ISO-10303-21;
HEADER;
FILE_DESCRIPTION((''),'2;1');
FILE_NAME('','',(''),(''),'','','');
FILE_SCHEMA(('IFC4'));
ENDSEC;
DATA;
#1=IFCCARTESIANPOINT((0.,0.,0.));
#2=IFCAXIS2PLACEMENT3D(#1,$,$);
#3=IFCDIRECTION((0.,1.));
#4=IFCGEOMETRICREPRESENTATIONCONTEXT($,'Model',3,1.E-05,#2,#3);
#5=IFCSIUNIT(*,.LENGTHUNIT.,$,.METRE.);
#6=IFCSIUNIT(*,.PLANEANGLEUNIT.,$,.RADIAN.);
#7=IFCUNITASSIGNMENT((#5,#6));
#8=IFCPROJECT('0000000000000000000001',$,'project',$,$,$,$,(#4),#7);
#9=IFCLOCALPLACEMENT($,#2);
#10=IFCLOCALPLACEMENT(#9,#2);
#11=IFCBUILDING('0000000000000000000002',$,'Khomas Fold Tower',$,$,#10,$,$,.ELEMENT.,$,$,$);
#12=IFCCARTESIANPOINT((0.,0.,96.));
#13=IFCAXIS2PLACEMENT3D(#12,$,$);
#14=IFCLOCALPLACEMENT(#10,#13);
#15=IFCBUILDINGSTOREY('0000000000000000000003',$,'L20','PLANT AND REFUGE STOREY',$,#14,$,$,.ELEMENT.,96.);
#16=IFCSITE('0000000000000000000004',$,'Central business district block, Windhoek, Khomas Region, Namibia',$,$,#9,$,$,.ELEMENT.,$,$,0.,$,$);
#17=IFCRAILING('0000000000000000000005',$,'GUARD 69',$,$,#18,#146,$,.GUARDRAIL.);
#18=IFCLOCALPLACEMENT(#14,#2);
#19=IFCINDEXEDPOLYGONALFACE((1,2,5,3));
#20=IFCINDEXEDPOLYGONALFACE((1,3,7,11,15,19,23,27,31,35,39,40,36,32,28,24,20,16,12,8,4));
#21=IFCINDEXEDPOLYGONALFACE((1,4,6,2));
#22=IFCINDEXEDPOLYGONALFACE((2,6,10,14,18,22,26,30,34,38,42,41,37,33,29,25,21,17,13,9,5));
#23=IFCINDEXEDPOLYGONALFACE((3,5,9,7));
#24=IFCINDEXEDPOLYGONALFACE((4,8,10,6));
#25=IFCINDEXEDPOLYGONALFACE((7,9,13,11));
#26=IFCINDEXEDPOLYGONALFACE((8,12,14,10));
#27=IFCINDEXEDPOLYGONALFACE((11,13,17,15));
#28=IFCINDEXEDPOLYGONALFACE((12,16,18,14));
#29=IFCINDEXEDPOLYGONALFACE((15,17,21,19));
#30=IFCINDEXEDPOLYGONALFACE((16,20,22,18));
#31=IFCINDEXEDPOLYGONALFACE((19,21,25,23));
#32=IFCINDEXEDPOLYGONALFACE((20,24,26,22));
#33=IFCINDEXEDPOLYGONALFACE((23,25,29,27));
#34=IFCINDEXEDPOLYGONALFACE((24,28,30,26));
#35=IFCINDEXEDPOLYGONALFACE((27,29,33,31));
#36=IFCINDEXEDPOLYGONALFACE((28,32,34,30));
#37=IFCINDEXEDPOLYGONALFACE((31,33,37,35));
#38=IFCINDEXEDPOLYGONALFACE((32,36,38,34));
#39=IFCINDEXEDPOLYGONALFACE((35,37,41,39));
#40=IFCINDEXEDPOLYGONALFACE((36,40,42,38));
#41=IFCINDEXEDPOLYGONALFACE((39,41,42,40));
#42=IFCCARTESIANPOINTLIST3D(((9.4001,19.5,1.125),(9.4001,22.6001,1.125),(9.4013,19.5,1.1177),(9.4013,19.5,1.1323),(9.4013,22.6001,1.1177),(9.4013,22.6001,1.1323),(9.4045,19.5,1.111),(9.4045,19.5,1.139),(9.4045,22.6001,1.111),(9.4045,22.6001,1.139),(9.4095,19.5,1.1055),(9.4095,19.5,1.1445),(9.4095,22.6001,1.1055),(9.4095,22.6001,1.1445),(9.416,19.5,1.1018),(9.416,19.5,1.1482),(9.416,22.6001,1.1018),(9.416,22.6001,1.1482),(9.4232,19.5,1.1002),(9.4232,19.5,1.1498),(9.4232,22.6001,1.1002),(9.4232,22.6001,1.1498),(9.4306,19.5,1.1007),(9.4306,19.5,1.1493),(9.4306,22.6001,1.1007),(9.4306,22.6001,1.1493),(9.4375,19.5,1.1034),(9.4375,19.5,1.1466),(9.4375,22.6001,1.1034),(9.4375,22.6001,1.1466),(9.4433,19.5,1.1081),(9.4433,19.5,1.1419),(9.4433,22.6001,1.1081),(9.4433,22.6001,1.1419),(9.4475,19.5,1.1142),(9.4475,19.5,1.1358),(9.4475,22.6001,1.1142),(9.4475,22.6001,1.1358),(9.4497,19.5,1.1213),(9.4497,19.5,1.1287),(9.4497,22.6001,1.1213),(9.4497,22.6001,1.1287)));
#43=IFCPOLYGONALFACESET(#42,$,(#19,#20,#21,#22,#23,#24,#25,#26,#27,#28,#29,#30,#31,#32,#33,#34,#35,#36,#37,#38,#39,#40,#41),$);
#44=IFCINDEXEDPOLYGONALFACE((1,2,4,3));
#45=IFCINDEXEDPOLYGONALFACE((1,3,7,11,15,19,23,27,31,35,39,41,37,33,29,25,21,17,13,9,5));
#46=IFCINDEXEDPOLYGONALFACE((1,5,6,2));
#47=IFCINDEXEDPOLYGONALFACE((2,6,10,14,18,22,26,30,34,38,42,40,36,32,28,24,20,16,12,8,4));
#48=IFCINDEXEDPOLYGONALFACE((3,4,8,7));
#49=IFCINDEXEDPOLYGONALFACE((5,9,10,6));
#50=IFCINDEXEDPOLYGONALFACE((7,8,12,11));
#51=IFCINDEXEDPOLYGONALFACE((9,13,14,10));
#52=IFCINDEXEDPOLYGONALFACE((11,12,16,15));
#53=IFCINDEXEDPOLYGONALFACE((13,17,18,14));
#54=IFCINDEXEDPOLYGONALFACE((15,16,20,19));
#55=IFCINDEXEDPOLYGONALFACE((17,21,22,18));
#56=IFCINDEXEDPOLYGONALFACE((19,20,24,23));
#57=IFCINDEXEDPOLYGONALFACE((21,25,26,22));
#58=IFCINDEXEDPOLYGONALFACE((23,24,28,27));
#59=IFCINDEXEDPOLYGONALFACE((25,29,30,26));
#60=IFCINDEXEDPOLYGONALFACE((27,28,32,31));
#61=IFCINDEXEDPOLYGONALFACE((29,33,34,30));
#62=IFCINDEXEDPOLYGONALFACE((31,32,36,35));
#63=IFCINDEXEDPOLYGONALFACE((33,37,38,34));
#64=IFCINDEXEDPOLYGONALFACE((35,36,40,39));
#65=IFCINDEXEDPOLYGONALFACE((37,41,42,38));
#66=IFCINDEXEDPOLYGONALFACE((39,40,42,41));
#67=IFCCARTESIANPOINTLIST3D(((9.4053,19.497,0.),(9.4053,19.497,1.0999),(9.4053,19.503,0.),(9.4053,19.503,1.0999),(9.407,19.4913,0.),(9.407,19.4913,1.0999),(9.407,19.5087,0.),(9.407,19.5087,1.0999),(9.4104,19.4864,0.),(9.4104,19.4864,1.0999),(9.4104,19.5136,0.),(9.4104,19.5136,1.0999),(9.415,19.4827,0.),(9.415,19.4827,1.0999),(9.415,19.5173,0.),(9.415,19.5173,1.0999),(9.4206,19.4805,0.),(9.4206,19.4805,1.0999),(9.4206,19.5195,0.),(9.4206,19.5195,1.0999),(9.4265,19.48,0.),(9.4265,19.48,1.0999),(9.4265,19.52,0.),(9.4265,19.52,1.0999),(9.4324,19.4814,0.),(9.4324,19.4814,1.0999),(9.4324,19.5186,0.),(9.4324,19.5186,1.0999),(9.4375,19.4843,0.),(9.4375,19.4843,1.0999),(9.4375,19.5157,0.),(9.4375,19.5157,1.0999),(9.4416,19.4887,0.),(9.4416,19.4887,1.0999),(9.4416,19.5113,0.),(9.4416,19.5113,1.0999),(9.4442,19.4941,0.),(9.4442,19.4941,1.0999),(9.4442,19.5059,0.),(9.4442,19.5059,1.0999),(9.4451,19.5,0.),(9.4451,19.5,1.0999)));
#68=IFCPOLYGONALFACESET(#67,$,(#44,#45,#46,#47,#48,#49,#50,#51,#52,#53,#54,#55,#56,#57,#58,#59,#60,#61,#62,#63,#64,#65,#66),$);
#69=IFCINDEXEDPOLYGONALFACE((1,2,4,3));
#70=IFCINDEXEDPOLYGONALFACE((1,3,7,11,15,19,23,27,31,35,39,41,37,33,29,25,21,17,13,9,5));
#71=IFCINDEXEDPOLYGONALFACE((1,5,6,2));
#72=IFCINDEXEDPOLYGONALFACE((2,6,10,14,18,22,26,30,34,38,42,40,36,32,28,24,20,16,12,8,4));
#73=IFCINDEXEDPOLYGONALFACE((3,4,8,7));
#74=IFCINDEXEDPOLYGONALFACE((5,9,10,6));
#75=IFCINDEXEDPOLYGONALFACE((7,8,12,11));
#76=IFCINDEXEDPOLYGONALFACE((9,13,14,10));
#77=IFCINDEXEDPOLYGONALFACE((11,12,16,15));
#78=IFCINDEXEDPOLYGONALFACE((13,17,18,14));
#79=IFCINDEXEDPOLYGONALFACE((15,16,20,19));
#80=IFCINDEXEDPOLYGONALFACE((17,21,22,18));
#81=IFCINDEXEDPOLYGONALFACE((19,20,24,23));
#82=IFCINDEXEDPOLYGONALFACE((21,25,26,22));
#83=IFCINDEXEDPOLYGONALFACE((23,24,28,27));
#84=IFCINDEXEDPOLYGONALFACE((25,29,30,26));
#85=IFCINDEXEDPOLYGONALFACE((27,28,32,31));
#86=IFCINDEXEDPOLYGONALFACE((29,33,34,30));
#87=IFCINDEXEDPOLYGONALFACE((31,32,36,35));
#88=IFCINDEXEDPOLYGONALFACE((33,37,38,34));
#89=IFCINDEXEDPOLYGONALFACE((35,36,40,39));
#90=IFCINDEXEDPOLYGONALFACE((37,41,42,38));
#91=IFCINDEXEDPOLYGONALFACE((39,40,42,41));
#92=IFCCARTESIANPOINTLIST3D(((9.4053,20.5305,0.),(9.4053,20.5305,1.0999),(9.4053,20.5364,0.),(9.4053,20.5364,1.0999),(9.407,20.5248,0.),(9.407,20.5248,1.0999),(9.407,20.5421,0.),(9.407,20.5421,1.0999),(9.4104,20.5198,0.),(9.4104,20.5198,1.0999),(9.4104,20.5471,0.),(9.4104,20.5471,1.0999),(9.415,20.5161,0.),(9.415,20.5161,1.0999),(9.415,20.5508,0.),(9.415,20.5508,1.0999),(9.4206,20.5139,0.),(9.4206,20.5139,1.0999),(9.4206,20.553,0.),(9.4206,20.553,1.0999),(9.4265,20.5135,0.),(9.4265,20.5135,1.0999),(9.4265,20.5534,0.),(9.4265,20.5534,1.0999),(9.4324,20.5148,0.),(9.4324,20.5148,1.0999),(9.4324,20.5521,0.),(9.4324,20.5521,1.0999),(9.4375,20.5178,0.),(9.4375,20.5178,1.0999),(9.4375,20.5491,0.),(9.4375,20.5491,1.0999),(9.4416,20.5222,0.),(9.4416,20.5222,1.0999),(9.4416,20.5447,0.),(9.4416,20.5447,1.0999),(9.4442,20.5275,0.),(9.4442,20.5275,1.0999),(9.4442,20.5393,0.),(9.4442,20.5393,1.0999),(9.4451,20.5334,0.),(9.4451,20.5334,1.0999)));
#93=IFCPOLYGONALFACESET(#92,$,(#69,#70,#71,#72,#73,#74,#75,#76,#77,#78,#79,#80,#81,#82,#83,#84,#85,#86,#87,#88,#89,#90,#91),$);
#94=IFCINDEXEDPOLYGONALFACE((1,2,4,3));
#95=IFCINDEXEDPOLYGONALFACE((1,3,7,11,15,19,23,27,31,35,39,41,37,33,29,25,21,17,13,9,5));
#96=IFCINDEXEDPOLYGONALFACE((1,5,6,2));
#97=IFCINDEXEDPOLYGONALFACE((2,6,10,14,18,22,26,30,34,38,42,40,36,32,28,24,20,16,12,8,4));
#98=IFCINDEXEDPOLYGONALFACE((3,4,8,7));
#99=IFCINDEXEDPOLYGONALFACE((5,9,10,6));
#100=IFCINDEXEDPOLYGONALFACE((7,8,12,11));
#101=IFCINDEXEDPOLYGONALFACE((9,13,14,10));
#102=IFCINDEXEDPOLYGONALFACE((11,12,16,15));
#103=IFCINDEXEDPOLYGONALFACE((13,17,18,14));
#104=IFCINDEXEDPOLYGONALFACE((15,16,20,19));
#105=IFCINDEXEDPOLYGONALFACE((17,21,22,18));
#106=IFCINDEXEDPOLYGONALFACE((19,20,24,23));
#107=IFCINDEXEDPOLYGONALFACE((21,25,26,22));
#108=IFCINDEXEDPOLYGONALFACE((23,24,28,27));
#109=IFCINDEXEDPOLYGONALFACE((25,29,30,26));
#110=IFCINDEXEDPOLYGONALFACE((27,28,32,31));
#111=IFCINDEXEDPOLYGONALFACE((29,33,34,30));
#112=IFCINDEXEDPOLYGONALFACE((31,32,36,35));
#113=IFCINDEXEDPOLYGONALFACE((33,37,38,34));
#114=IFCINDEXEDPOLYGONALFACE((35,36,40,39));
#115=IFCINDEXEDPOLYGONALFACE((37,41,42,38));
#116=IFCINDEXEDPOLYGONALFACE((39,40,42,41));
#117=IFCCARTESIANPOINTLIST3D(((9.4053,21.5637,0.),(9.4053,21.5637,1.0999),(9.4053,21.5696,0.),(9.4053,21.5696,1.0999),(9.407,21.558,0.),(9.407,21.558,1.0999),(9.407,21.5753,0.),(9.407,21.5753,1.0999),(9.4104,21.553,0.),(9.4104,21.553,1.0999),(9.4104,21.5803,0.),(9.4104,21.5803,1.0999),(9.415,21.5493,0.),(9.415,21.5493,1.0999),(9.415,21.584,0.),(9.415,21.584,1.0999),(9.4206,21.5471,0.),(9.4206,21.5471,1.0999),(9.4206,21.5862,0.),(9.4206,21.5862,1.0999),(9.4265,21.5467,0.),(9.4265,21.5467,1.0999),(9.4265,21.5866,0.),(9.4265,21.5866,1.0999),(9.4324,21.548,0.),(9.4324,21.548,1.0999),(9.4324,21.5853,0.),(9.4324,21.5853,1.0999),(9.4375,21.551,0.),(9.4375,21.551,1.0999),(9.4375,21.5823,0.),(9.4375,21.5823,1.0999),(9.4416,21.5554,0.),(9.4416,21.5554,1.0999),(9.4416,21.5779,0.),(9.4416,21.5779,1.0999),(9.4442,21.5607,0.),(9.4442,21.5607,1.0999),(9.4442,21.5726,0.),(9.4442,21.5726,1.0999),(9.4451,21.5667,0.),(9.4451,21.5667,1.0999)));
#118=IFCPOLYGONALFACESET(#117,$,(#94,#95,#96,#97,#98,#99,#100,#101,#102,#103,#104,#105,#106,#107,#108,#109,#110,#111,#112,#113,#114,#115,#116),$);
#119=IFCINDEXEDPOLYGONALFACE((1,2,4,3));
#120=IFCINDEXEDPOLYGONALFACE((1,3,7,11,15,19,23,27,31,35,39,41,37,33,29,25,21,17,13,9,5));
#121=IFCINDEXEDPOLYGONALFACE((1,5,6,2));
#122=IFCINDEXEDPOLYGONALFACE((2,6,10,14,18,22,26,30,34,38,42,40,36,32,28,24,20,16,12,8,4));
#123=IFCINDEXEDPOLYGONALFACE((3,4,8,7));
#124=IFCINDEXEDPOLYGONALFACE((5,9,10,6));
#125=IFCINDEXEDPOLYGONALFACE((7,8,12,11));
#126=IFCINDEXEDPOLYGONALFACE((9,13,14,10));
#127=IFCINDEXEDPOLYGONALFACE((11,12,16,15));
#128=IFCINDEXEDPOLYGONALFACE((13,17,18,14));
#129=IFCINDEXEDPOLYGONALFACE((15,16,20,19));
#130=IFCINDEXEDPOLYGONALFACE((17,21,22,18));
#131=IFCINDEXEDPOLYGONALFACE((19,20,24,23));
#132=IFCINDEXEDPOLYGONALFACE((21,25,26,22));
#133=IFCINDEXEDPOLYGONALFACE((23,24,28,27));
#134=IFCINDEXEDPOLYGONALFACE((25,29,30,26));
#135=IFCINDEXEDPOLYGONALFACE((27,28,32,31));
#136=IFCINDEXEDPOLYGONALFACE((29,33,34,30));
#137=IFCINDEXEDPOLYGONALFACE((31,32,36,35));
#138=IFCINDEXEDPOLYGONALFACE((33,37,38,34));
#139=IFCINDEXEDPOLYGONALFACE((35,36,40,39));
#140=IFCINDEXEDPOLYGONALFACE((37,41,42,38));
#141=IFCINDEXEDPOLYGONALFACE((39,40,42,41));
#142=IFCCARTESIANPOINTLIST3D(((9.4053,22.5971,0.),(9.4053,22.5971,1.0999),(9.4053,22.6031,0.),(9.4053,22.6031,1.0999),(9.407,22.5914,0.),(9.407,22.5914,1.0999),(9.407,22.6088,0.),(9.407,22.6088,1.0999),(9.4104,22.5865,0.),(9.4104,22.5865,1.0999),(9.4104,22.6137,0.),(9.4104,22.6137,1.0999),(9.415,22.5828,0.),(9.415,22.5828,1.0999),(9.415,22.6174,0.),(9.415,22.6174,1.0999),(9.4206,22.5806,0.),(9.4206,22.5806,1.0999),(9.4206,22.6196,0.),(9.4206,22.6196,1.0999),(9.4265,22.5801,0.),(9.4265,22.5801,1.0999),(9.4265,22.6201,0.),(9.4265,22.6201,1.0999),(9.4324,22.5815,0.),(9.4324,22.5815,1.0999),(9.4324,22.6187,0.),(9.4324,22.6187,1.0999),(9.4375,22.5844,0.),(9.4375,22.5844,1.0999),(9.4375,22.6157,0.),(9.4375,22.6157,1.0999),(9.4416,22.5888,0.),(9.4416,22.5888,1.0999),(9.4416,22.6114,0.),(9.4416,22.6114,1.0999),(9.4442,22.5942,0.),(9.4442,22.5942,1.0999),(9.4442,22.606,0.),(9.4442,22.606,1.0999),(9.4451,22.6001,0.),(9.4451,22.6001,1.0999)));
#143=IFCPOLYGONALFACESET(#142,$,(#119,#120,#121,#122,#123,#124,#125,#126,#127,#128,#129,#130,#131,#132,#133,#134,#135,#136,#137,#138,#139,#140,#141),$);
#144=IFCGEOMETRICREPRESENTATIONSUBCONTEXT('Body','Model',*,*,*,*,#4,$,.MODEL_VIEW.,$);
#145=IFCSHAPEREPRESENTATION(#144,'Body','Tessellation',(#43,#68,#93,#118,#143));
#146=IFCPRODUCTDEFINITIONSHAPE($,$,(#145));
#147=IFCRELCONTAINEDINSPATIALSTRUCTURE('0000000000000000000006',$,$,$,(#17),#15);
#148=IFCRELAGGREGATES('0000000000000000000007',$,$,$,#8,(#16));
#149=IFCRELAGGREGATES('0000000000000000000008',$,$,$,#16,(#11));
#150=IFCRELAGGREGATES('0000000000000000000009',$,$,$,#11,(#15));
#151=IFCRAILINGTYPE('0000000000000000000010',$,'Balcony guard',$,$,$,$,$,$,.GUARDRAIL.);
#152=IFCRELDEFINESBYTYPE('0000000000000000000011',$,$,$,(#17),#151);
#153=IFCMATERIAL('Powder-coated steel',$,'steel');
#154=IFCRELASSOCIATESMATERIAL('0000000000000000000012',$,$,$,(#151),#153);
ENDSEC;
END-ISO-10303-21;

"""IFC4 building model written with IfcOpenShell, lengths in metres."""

from ifc_helpers import new_model, si_unit, direction, frame, origin, origin_2d, place, context, subcontext, project, spatial, circle, extrude, source, transform, mapped, material, type_object, element, save


model = new_model("IFC4")

# Units and contexts
model_context = context("Model", 3, precision=1e-05, world=origin(), true_north=direction((0.0, 1.0)))
body_context = subcontext(model_context, "Body", "Model", "MODEL_VIEW")
ifc_project = project(units=[si_unit("LENGTHUNIT", "METRE"), si_unit("PLANEANGLEUNIT", "RADIAN")], contexts=[model_context])

# Site, building, storey
site_placement = place(None, origin())
site = spatial("IfcSite", under=ifc_project, at=site_placement, Name="Central business district block, Windhoek, Khomas Region, Namibia", CompositionType="ELEMENT", RefElevation=0.0)
building_placement = place(site_placement, origin())
building = spatial("IfcBuilding", under=site, at=building_placement, Name="Khomas Fold Tower", CompositionType="ELEMENT")
storey_placement = place(building_placement, frame((0.0, 0.0, 96.0)))
storey = spatial("IfcBuildingStorey", under=building, at=storey_placement, Name="L20", Description="PLANT AND REFUGE STOREY", CompositionType="ELEMENT", Elevation=96.0)

# Railing
ifc_material_1 = material(Name="Powder-coated steel", Category="steel")
railing_type = type_object("IfcRailingType", Name="Balcony guard", PredefinedType="GUARDRAIL", material=ifc_material_1)
shared_shape_1 = source(origin(), body_context, "Body", "SweptSolid", [
    extrude(circle(Radius=0.0249, at=origin_2d()), frame((0.0, 0.0, 1.125), z_axis=(0.0, 1.0, 0.0), x_axis=(-1.0, 0.0, 0.0)), (0.0, 0.0, 1.0), 3.1001),
    extrude(circle(Radius=0.02, at=origin_2d()), origin(), (0.0, 0.0, 1.0), 1.0999),
    extrude(circle(Radius=0.02, at=origin_2d()), frame((0.0, 1.0334, 0.0)), (0.0, 0.0, 1.0), 1.0999),
    extrude(circle(Radius=0.02, at=origin_2d()), frame((0.0, 2.0667, 0.0)), (0.0, 0.0, 1.0), 1.0999),
    extrude(circle(Radius=0.02, at=origin_2d()), frame((0.0, 3.1001, 0.0)), (0.0, 0.0, 1.0), 1.0999),
])
for number, where, name in (
    (1, (9.425, 19.5, 0.0), "GUARD 69"),
):
    element("IfcRailing", number, at=place(storey_placement, frame(where)), inside=storey, type_object=railing_type, Name=name, PredefinedType="GUARDRAIL", context=body_context, shape_type="MappedRepresentation", body=[
        mapped(shared_shape_1, transform((0.0, 0.0, 0.0))),
    ])

save(model, "model.ifc")
